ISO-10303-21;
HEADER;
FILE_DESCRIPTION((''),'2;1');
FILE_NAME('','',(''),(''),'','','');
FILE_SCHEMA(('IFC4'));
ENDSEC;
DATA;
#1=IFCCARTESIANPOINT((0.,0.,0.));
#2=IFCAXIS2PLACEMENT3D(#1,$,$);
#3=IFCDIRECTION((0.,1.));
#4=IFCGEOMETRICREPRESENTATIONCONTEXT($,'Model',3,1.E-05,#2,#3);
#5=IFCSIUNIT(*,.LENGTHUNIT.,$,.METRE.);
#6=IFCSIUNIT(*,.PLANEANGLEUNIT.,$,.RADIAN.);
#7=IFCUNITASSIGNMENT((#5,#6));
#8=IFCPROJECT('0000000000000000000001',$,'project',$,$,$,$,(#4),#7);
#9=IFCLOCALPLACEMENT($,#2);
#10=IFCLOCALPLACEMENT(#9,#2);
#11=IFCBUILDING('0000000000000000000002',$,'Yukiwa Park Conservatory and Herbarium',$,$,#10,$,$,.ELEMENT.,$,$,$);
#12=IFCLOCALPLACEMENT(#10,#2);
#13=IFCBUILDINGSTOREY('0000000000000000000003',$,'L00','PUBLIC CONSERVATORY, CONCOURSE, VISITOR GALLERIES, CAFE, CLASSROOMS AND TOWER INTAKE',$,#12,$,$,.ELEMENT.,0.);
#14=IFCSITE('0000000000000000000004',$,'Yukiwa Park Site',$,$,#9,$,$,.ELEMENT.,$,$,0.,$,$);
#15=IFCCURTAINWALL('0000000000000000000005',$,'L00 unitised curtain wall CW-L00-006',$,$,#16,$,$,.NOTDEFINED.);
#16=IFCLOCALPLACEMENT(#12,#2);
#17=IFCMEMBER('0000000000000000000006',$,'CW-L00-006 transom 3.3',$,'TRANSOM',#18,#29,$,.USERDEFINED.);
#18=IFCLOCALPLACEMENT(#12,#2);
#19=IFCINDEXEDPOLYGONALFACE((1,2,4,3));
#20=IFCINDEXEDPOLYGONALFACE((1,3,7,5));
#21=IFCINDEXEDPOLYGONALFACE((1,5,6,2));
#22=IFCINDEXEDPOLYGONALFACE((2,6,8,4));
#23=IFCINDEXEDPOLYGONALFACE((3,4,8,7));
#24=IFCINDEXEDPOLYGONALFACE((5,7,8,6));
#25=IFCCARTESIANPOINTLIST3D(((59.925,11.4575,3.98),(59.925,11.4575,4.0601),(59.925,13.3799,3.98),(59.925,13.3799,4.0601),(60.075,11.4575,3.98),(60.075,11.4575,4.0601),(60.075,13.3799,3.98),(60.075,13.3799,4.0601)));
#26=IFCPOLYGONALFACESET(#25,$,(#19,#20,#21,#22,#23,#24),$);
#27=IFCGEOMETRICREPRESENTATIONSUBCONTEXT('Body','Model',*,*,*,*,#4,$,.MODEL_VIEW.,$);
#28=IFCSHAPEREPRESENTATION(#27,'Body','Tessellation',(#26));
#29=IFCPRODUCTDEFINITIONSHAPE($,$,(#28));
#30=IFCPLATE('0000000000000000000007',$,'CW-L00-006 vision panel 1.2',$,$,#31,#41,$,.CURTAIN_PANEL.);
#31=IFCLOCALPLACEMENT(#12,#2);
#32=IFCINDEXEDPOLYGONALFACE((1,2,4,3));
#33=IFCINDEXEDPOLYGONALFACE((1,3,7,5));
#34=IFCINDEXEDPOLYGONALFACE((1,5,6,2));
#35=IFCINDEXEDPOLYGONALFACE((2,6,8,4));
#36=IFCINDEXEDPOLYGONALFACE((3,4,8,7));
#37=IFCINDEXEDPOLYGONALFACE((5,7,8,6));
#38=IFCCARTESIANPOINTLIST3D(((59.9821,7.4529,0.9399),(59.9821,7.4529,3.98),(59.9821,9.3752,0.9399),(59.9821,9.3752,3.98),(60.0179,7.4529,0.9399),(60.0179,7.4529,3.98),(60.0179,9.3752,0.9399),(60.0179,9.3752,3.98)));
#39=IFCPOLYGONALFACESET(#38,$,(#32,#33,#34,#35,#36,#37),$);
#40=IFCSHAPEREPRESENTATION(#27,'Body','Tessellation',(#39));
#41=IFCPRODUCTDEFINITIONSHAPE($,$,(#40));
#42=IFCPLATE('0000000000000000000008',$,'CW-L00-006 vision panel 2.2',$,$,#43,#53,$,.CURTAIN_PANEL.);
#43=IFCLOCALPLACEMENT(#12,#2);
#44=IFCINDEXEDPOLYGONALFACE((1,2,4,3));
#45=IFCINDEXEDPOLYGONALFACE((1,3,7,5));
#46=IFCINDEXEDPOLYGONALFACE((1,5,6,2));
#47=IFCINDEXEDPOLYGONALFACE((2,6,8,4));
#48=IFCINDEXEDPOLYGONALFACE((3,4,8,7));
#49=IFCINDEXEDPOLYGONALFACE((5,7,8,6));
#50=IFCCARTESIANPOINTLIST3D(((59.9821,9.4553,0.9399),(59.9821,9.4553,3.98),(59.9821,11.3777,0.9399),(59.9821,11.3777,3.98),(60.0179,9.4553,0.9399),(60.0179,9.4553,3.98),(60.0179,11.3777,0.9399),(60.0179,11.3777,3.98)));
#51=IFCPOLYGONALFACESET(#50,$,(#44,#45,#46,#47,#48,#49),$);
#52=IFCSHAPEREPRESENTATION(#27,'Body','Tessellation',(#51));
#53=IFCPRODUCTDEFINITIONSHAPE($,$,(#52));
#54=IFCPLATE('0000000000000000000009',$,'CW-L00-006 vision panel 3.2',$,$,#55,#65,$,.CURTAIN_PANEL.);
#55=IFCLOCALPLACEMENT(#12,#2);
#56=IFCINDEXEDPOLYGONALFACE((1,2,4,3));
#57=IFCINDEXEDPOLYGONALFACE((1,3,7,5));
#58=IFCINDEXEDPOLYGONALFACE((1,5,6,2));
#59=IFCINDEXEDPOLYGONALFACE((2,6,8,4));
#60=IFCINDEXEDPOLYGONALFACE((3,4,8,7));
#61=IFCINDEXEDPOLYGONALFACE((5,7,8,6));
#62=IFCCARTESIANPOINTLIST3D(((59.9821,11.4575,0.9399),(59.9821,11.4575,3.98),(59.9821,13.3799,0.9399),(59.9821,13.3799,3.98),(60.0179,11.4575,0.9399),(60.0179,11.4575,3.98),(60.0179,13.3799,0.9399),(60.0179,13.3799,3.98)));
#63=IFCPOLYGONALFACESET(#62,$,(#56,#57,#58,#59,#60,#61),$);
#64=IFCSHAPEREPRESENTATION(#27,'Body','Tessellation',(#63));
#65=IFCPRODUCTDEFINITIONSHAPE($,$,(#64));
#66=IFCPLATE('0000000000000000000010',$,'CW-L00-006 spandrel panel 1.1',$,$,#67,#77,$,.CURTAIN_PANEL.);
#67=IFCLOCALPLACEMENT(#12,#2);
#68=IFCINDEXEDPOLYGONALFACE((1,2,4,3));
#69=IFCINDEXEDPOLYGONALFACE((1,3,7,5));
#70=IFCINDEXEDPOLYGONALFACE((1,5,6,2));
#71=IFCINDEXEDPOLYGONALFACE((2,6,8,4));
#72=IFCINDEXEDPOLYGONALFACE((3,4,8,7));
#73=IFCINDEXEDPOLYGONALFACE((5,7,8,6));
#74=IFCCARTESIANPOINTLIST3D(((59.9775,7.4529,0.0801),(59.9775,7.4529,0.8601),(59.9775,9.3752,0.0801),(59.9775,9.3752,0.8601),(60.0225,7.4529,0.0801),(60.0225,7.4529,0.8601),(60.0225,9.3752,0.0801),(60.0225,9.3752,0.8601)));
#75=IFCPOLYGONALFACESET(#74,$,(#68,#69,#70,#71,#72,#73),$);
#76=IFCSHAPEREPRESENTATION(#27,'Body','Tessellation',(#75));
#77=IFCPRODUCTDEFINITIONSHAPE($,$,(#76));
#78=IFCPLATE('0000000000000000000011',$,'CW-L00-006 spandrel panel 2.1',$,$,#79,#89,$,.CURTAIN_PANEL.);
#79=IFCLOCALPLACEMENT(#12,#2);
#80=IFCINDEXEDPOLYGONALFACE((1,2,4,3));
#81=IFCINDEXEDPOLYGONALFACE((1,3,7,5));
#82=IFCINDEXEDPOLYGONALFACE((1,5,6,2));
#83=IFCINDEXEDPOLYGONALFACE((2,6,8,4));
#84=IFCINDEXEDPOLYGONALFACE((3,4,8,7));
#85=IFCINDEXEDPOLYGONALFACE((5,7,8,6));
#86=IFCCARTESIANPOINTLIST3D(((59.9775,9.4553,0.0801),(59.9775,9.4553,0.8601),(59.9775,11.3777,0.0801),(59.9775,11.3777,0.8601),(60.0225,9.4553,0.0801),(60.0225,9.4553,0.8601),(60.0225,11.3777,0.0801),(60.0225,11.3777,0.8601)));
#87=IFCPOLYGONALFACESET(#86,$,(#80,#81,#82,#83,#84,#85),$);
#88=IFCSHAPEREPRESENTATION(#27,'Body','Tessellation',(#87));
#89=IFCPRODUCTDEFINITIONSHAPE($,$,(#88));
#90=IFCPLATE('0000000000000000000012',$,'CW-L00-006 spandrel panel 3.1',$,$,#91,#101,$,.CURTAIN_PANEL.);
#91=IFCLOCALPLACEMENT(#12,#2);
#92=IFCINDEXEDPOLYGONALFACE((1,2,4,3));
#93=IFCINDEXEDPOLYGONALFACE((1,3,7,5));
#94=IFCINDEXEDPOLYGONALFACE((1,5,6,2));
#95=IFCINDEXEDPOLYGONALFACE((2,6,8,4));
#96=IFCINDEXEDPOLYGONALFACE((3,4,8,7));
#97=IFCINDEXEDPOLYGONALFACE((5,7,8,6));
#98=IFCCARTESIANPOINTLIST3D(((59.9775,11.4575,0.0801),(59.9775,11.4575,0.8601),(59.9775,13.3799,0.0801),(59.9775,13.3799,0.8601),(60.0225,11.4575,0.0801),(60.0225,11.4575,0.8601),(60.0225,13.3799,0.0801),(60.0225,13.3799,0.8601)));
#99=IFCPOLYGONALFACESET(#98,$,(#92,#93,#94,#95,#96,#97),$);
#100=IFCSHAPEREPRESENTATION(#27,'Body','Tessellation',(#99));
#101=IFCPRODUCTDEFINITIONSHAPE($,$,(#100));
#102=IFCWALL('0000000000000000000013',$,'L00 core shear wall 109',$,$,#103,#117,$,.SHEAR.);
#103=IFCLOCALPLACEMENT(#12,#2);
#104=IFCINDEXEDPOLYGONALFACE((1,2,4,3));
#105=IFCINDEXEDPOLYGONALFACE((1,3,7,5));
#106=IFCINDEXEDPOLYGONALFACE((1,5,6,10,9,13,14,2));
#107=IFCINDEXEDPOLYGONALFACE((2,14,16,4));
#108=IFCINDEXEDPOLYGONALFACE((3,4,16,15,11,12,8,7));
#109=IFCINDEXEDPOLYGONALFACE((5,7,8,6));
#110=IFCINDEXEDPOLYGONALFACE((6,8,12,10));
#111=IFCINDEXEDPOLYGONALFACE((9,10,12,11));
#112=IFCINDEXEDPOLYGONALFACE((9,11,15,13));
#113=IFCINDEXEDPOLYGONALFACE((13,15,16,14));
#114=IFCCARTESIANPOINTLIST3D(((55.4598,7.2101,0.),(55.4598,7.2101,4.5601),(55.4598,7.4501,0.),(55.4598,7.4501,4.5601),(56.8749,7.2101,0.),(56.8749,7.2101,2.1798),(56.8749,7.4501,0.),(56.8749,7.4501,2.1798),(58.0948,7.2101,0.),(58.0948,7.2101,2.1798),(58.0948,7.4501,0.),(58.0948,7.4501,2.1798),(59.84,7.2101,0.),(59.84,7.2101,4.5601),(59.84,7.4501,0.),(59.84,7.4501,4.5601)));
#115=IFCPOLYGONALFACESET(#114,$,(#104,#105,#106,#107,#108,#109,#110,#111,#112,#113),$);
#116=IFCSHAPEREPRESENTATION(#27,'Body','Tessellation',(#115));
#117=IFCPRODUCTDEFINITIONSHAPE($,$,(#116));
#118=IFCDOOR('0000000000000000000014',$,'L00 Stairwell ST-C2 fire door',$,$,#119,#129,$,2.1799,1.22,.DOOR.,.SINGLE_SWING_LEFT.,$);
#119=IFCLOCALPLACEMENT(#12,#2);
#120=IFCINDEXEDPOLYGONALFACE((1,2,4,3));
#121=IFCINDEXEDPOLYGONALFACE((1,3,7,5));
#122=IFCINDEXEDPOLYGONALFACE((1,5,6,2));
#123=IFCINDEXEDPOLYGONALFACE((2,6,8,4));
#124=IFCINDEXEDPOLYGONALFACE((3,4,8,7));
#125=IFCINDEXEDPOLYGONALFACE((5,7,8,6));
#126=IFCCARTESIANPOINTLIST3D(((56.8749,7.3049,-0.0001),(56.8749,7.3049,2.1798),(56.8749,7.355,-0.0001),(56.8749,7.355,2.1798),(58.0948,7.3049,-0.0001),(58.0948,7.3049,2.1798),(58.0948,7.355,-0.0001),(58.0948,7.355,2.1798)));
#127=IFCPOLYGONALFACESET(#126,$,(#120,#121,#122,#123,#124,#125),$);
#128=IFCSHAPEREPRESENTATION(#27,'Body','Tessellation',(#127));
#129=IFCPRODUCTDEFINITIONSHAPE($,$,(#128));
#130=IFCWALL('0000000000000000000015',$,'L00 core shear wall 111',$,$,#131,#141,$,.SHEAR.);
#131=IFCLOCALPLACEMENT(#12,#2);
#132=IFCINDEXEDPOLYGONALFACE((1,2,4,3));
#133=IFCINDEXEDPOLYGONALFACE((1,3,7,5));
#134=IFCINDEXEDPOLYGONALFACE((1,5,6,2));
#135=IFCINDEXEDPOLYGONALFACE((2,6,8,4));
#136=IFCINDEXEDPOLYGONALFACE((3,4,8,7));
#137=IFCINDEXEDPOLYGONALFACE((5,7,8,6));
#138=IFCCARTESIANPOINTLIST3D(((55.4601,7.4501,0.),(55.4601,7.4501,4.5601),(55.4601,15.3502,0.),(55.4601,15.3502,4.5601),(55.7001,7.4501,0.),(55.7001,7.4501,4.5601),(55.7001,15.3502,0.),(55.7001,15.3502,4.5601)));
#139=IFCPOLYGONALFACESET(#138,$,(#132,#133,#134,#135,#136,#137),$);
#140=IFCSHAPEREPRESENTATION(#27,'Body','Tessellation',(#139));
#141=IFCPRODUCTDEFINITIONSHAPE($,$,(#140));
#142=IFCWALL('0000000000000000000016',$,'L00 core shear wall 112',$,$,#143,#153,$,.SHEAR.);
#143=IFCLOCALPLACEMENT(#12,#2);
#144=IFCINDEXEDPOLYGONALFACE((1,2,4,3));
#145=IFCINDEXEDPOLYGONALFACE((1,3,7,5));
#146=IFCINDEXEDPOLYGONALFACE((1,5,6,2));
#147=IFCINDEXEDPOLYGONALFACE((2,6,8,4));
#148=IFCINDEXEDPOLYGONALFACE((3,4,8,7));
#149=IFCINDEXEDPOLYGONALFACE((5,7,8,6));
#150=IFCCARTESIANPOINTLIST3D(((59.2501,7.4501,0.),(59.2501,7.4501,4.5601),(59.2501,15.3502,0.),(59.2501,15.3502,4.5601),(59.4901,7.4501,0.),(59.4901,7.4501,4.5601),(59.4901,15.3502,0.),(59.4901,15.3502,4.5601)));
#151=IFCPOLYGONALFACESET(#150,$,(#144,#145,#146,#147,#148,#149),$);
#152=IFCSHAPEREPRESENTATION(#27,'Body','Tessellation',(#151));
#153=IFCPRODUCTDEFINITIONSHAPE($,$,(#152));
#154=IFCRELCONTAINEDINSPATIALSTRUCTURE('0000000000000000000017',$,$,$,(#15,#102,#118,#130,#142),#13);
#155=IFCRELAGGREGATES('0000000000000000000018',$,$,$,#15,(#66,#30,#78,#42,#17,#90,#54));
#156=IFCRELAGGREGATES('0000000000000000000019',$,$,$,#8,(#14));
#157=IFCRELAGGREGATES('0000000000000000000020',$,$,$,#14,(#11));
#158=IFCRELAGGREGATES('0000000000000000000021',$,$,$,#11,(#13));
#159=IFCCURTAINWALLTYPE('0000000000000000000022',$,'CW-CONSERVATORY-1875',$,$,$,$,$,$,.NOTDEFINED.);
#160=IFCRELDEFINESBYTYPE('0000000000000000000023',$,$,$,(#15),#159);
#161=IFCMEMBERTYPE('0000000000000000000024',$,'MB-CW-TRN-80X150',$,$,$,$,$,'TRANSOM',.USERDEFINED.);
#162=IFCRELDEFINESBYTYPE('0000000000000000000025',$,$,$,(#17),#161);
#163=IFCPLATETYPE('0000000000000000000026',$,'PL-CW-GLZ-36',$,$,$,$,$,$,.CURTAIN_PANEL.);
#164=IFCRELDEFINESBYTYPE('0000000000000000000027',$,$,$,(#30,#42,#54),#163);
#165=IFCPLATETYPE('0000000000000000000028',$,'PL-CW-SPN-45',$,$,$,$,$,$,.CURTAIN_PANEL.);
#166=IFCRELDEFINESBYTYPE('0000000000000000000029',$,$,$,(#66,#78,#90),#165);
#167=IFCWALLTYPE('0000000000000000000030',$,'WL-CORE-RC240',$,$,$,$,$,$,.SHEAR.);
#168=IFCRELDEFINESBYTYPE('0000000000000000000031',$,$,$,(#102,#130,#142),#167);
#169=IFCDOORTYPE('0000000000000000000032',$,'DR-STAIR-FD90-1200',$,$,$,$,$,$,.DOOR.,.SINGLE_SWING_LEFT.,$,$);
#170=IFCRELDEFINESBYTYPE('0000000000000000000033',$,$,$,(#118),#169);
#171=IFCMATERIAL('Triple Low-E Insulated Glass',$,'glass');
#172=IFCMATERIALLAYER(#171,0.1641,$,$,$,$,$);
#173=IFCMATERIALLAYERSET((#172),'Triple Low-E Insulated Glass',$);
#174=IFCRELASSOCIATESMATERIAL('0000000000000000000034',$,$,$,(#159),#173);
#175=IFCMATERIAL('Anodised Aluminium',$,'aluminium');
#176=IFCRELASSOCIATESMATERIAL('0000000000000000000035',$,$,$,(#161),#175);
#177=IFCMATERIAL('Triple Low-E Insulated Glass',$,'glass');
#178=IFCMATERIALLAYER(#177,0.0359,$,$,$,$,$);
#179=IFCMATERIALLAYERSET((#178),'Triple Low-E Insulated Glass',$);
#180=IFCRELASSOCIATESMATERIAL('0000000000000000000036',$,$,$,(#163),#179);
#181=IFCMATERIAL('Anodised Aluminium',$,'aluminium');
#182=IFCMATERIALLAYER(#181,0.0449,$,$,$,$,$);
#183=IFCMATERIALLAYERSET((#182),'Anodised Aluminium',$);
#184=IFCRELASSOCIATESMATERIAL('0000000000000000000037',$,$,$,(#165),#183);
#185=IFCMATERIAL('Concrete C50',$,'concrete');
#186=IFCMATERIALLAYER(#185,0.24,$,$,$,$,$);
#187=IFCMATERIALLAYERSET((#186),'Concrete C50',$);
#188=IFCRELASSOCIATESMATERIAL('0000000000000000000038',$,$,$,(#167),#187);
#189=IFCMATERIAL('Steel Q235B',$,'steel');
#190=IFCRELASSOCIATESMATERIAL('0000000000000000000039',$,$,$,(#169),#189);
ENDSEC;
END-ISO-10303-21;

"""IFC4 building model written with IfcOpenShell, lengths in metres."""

from ifc_helpers import new_model, si_unit, direction, frame, frame_2d, origin, origin_2d, place, context, subcontext, project, spatial, rectangle, extrude, material, layer, layer_set, type_object, element, fill, aggregate, save


model = new_model("IFC4")

# Units and contexts
model_context = context("Model", 3, precision=1e-05, world=origin(), true_north=direction((0.0, 1.0)))
body_context = subcontext(model_context, "Body", "Model", "MODEL_VIEW")
ifc_project = project(units=[si_unit("LENGTHUNIT", "METRE"), si_unit("PLANEANGLEUNIT", "RADIAN")], contexts=[model_context])

# Site, building, storey
site_placement = place(None, origin())
site = spatial("IfcSite", under=ifc_project, at=site_placement, Name="Yukiwa Park Site", CompositionType="ELEMENT", RefElevation=0.0)
building_placement = place(site_placement, origin())
building = spatial("IfcBuilding", under=site, at=building_placement, Name="Yukiwa Park Conservatory and Herbarium", CompositionType="ELEMENT")
storey_placement = place(building_placement, origin())
storey = spatial("IfcBuildingStorey", under=building, at=storey_placement, Name="L00", Description="PUBLIC CONSERVATORY, CONCOURSE, VISITOR GALLERIES, CAFE, CLASSROOMS AND TOWER INTAKE", CompositionType="ELEMENT", Elevation=0.0)

# Curtain wall, member, plates
ifc_material_1 = material(Name="Triple Low-E Insulated Glass", Category="glass")
ifc_layer_1 = layer(ifc_material_1, 0.1641)
ifc_layer_set_1 = layer_set([ifc_layer_1], Name="Triple Low-E Insulated Glass")
curtain_wall_type = type_object("IfcCurtainWallType", Name="CW-CONSERVATORY-1875", PredefinedType="NOTDEFINED", material=ifc_layer_set_1)
curtain_wall_placement = place(storey_placement, origin())
curtain_wall = element("IfcCurtainWall", 1, at=curtain_wall_placement, inside=storey, type_object=curtain_wall_type, Name="L00 unitised curtain wall CW-L00-006", PredefinedType="NOTDEFINED")
ifc_material_2 = material(Name="Anodised Aluminium", Category="aluminium")
member_type_1 = type_object("IfcMemberType", Name="MB-CW-TRN-80X150", ElementType="TRANSOM", PredefinedType="USERDEFINED", material=ifc_material_2)
member_1_placement = place(storey_placement, frame((60.0, 12.4187, 3.98), z_axis=(0.0, 0.0, 1.0), x_axis=(0.0, 1.0, 0.0)))
member_1 = element("IfcMember", 2, at=member_1_placement, type_object=member_type_1, Name="CW-L00-006 transom 3.3", ObjectType="TRANSOM", PredefinedType="USERDEFINED", context=body_context, shape_type="SweptSolid", body=[
    extrude(rectangle(XDim=1.9224, YDim=0.1499, at=origin_2d()), origin(), (0.0, 0.0, 1.0), 0.0801),
])
ifc_material_3 = material(Name="Triple Low-E Insulated Glass", Category="glass")
ifc_layer_2 = layer(ifc_material_3, 0.0359)
ifc_layer_set_2 = layer_set([ifc_layer_2], Name="Triple Low-E Insulated Glass")
plate_type_1 = type_object("IfcPlateType", Name="PL-CW-GLZ-36", PredefinedType="CURTAIN_PANEL", material=ifc_layer_set_2)
plate_1_placement = place(storey_placement, frame((60.0, 8.4141, 0.9399), z_axis=(0.0, 0.0, 1.0), x_axis=(0.0, 1.0, 0.0)))
plate_1 = element("IfcPlate", 3, at=plate_1_placement, type_object=plate_type_1, Name="CW-L00-006 vision panel 1.2", PredefinedType="CURTAIN_PANEL", context=body_context, shape_type="SweptSolid", body=[
    extrude(rectangle(XDim=1.9224, YDim=0.0359, at=origin_2d()), origin(), (0.0, 0.0, 1.0), 3.04),
])
plate_2_placement = place(storey_placement, frame((60.0, 10.4165, 0.9399), z_axis=(0.0, 0.0, 1.0), x_axis=(0.0, 1.0, 0.0)))
plate_2 = element("IfcPlate", 4, at=plate_2_placement, type_object=plate_type_1, Name="CW-L00-006 vision panel 2.2", PredefinedType="CURTAIN_PANEL", context=body_context, shape_type="SweptSolid", body=[
    extrude(rectangle(XDim=1.9224, YDim=0.0359, at=origin_2d()), origin(), (0.0, 0.0, 1.0), 3.04),
])
plate_3_placement = place(storey_placement, frame((60.0, 12.4187, 0.9399), z_axis=(0.0, 0.0, 1.0), x_axis=(0.0, 1.0, 0.0)))
plate_3 = element("IfcPlate", 5, at=plate_3_placement, type_object=plate_type_1, Name="CW-L00-006 vision panel 3.2", PredefinedType="CURTAIN_PANEL", context=body_context, shape_type="SweptSolid", body=[
    extrude(rectangle(XDim=1.9224, YDim=0.0359, at=origin_2d()), origin(), (0.0, 0.0, 1.0), 3.04),
])
ifc_material_4 = material(Name="Anodised Aluminium", Category="aluminium")
ifc_layer_3 = layer(ifc_material_4, 0.0449)
ifc_layer_set_3 = layer_set([ifc_layer_3], Name="Anodised Aluminium")
plate_type_2 = type_object("IfcPlateType", Name="PL-CW-SPN-45", PredefinedType="CURTAIN_PANEL", material=ifc_layer_set_3)
plate_4_placement = place(storey_placement, frame((60.0, 8.4141, 0.0801), z_axis=(0.0, 0.0, 1.0), x_axis=(0.0, 1.0, 0.0)))
plate_4 = element("IfcPlate", 6, at=plate_4_placement, type_object=plate_type_2, Name="CW-L00-006 spandrel panel 1.1", PredefinedType="CURTAIN_PANEL", context=body_context, shape_type="SweptSolid", body=[
    extrude(rectangle(XDim=1.9224, YDim=0.0449, at=origin_2d()), origin(), (0.0, 0.0, 1.0), 0.78),
])
plate_5_placement = place(storey_placement, frame((60.0, 10.4165, 0.0801), z_axis=(0.0, 0.0, 1.0), x_axis=(0.0, 1.0, 0.0)))
plate_5 = element("IfcPlate", 7, at=plate_5_placement, type_object=plate_type_2, Name="CW-L00-006 spandrel panel 2.1", PredefinedType="CURTAIN_PANEL", context=body_context, shape_type="SweptSolid", body=[
    extrude(rectangle(XDim=1.9224, YDim=0.0449, at=origin_2d()), origin(), (0.0, 0.0, 1.0), 0.78),
])
plate_6_placement = place(storey_placement, frame((60.0, 12.4187, 0.0801), z_axis=(0.0, 0.0, 1.0), x_axis=(0.0, 1.0, 0.0)))
plate_6 = element("IfcPlate", 8, at=plate_6_placement, type_object=plate_type_2, Name="CW-L00-006 spandrel panel 3.1", PredefinedType="CURTAIN_PANEL", context=body_context, shape_type="SweptSolid", body=[
    extrude(rectangle(XDim=1.9224, YDim=0.0449, at=origin_2d()), origin(), (0.0, 0.0, 1.0), 0.78),
])
aggregate(curtain_wall, [plate_4, plate_1, plate_5, plate_2, member_1, plate_6, plate_3])

# Wall, opening, door
ifc_material_5 = material(Name="Concrete C50", Category="concrete")
ifc_layer_4 = layer(ifc_material_5, 0.24)
ifc_layer_set_4 = layer_set([ifc_layer_4], Name="Concrete C50")
wall_type = type_object("IfcWallType", Name="WL-CORE-RC240", PredefinedType="SHEAR", material=ifc_layer_set_4)
wall_placement = place(storey_placement, frame((55.46, 7.3301, 0.0), z_axis=(0.0, 0.0, 1.0), x_axis=(1.0, 0.0, 0.0)))
wall = element("IfcWall", 9, at=wall_placement, inside=storey, type_object=wall_type, Name="L00 core shear wall 109", PredefinedType="SHEAR", context=body_context, shape_type="SweptSolid", body=[
    extrude(rectangle(XDim=4.3801, YDim=0.24, at=frame_2d((2.1899, 0.0))), origin(), (0.0, 0.0, 1.0), 4.5601),
])
opening_placement = place(wall_placement, frame((1.415, 0.0, 0.0)))
opening = element("IfcOpeningElement", 10, at=opening_placement, cuts=wall, PredefinedType="OPENING", context=body_context, shape_type="SweptSolid", body=[
    extrude(rectangle(XDim=1.22, YDim=2.1799, at=frame_2d((0.6099, 1.0898))), frame((0.0, 0.1299, 0.0), z_axis=(0.0, -1.0, 0.0), x_axis=(1.0, 0.0, 0.0)), (0.0, 0.0, 1.0), 0.26),
])
ifc_material_6 = material(Name="Steel Q235B", Category="steel")
door_type = type_object("IfcDoorType", Name="DR-STAIR-FD90-1200", OperationType="SINGLE_SWING_LEFT", PredefinedType="DOOR", material=ifc_material_6)
door_placement = place(opening_placement, origin())
door = element("IfcDoor", 11, at=door_placement, inside=storey, type_object=door_type, Name="L00 Stairwell ST-C2 fire door", OperationType="SINGLE_SWING_LEFT", OverallHeight=2.1799, OverallWidth=1.22, PredefinedType="DOOR", context=body_context, shape_type="SweptSolid", body=[
    extrude(rectangle(XDim=1.22, YDim=2.1799, at=frame_2d((0.6099, 1.0898))), frame((0.0, 0.0249, 0.0), z_axis=(0.0, -1.0, 0.0), x_axis=(1.0, 0.0, 0.0)), (0.0, 0.0, 1.0), 0.05),
])
fill(opening, door)

# Walls
for number, where, z_axis, x_axis, name in (
    (12, (55.5801, 7.45, 0.0), (0.0, 0.0, 1.0), (0.0, 1.0, 0.0), "L00 core shear wall 111"),
    (13, (59.3701, 7.45, 0.0), (0.0, 0.0, 1.0), (0.0, 1.0, 0.0), "L00 core shear wall 112"),
):
    element("IfcWall", number, at=place(storey_placement, frame(where, z_axis=z_axis, x_axis=x_axis)), inside=storey, type_object=wall_type, Name=name, PredefinedType="SHEAR", context=body_context, shape_type="SweptSolid", body=[
        extrude(rectangle(XDim=7.9001, YDim=0.24, at=frame_2d((3.9502, 0.0))), origin(), (0.0, 0.0, 1.0), 4.5601),
    ])

save(model, "model.ifc")
